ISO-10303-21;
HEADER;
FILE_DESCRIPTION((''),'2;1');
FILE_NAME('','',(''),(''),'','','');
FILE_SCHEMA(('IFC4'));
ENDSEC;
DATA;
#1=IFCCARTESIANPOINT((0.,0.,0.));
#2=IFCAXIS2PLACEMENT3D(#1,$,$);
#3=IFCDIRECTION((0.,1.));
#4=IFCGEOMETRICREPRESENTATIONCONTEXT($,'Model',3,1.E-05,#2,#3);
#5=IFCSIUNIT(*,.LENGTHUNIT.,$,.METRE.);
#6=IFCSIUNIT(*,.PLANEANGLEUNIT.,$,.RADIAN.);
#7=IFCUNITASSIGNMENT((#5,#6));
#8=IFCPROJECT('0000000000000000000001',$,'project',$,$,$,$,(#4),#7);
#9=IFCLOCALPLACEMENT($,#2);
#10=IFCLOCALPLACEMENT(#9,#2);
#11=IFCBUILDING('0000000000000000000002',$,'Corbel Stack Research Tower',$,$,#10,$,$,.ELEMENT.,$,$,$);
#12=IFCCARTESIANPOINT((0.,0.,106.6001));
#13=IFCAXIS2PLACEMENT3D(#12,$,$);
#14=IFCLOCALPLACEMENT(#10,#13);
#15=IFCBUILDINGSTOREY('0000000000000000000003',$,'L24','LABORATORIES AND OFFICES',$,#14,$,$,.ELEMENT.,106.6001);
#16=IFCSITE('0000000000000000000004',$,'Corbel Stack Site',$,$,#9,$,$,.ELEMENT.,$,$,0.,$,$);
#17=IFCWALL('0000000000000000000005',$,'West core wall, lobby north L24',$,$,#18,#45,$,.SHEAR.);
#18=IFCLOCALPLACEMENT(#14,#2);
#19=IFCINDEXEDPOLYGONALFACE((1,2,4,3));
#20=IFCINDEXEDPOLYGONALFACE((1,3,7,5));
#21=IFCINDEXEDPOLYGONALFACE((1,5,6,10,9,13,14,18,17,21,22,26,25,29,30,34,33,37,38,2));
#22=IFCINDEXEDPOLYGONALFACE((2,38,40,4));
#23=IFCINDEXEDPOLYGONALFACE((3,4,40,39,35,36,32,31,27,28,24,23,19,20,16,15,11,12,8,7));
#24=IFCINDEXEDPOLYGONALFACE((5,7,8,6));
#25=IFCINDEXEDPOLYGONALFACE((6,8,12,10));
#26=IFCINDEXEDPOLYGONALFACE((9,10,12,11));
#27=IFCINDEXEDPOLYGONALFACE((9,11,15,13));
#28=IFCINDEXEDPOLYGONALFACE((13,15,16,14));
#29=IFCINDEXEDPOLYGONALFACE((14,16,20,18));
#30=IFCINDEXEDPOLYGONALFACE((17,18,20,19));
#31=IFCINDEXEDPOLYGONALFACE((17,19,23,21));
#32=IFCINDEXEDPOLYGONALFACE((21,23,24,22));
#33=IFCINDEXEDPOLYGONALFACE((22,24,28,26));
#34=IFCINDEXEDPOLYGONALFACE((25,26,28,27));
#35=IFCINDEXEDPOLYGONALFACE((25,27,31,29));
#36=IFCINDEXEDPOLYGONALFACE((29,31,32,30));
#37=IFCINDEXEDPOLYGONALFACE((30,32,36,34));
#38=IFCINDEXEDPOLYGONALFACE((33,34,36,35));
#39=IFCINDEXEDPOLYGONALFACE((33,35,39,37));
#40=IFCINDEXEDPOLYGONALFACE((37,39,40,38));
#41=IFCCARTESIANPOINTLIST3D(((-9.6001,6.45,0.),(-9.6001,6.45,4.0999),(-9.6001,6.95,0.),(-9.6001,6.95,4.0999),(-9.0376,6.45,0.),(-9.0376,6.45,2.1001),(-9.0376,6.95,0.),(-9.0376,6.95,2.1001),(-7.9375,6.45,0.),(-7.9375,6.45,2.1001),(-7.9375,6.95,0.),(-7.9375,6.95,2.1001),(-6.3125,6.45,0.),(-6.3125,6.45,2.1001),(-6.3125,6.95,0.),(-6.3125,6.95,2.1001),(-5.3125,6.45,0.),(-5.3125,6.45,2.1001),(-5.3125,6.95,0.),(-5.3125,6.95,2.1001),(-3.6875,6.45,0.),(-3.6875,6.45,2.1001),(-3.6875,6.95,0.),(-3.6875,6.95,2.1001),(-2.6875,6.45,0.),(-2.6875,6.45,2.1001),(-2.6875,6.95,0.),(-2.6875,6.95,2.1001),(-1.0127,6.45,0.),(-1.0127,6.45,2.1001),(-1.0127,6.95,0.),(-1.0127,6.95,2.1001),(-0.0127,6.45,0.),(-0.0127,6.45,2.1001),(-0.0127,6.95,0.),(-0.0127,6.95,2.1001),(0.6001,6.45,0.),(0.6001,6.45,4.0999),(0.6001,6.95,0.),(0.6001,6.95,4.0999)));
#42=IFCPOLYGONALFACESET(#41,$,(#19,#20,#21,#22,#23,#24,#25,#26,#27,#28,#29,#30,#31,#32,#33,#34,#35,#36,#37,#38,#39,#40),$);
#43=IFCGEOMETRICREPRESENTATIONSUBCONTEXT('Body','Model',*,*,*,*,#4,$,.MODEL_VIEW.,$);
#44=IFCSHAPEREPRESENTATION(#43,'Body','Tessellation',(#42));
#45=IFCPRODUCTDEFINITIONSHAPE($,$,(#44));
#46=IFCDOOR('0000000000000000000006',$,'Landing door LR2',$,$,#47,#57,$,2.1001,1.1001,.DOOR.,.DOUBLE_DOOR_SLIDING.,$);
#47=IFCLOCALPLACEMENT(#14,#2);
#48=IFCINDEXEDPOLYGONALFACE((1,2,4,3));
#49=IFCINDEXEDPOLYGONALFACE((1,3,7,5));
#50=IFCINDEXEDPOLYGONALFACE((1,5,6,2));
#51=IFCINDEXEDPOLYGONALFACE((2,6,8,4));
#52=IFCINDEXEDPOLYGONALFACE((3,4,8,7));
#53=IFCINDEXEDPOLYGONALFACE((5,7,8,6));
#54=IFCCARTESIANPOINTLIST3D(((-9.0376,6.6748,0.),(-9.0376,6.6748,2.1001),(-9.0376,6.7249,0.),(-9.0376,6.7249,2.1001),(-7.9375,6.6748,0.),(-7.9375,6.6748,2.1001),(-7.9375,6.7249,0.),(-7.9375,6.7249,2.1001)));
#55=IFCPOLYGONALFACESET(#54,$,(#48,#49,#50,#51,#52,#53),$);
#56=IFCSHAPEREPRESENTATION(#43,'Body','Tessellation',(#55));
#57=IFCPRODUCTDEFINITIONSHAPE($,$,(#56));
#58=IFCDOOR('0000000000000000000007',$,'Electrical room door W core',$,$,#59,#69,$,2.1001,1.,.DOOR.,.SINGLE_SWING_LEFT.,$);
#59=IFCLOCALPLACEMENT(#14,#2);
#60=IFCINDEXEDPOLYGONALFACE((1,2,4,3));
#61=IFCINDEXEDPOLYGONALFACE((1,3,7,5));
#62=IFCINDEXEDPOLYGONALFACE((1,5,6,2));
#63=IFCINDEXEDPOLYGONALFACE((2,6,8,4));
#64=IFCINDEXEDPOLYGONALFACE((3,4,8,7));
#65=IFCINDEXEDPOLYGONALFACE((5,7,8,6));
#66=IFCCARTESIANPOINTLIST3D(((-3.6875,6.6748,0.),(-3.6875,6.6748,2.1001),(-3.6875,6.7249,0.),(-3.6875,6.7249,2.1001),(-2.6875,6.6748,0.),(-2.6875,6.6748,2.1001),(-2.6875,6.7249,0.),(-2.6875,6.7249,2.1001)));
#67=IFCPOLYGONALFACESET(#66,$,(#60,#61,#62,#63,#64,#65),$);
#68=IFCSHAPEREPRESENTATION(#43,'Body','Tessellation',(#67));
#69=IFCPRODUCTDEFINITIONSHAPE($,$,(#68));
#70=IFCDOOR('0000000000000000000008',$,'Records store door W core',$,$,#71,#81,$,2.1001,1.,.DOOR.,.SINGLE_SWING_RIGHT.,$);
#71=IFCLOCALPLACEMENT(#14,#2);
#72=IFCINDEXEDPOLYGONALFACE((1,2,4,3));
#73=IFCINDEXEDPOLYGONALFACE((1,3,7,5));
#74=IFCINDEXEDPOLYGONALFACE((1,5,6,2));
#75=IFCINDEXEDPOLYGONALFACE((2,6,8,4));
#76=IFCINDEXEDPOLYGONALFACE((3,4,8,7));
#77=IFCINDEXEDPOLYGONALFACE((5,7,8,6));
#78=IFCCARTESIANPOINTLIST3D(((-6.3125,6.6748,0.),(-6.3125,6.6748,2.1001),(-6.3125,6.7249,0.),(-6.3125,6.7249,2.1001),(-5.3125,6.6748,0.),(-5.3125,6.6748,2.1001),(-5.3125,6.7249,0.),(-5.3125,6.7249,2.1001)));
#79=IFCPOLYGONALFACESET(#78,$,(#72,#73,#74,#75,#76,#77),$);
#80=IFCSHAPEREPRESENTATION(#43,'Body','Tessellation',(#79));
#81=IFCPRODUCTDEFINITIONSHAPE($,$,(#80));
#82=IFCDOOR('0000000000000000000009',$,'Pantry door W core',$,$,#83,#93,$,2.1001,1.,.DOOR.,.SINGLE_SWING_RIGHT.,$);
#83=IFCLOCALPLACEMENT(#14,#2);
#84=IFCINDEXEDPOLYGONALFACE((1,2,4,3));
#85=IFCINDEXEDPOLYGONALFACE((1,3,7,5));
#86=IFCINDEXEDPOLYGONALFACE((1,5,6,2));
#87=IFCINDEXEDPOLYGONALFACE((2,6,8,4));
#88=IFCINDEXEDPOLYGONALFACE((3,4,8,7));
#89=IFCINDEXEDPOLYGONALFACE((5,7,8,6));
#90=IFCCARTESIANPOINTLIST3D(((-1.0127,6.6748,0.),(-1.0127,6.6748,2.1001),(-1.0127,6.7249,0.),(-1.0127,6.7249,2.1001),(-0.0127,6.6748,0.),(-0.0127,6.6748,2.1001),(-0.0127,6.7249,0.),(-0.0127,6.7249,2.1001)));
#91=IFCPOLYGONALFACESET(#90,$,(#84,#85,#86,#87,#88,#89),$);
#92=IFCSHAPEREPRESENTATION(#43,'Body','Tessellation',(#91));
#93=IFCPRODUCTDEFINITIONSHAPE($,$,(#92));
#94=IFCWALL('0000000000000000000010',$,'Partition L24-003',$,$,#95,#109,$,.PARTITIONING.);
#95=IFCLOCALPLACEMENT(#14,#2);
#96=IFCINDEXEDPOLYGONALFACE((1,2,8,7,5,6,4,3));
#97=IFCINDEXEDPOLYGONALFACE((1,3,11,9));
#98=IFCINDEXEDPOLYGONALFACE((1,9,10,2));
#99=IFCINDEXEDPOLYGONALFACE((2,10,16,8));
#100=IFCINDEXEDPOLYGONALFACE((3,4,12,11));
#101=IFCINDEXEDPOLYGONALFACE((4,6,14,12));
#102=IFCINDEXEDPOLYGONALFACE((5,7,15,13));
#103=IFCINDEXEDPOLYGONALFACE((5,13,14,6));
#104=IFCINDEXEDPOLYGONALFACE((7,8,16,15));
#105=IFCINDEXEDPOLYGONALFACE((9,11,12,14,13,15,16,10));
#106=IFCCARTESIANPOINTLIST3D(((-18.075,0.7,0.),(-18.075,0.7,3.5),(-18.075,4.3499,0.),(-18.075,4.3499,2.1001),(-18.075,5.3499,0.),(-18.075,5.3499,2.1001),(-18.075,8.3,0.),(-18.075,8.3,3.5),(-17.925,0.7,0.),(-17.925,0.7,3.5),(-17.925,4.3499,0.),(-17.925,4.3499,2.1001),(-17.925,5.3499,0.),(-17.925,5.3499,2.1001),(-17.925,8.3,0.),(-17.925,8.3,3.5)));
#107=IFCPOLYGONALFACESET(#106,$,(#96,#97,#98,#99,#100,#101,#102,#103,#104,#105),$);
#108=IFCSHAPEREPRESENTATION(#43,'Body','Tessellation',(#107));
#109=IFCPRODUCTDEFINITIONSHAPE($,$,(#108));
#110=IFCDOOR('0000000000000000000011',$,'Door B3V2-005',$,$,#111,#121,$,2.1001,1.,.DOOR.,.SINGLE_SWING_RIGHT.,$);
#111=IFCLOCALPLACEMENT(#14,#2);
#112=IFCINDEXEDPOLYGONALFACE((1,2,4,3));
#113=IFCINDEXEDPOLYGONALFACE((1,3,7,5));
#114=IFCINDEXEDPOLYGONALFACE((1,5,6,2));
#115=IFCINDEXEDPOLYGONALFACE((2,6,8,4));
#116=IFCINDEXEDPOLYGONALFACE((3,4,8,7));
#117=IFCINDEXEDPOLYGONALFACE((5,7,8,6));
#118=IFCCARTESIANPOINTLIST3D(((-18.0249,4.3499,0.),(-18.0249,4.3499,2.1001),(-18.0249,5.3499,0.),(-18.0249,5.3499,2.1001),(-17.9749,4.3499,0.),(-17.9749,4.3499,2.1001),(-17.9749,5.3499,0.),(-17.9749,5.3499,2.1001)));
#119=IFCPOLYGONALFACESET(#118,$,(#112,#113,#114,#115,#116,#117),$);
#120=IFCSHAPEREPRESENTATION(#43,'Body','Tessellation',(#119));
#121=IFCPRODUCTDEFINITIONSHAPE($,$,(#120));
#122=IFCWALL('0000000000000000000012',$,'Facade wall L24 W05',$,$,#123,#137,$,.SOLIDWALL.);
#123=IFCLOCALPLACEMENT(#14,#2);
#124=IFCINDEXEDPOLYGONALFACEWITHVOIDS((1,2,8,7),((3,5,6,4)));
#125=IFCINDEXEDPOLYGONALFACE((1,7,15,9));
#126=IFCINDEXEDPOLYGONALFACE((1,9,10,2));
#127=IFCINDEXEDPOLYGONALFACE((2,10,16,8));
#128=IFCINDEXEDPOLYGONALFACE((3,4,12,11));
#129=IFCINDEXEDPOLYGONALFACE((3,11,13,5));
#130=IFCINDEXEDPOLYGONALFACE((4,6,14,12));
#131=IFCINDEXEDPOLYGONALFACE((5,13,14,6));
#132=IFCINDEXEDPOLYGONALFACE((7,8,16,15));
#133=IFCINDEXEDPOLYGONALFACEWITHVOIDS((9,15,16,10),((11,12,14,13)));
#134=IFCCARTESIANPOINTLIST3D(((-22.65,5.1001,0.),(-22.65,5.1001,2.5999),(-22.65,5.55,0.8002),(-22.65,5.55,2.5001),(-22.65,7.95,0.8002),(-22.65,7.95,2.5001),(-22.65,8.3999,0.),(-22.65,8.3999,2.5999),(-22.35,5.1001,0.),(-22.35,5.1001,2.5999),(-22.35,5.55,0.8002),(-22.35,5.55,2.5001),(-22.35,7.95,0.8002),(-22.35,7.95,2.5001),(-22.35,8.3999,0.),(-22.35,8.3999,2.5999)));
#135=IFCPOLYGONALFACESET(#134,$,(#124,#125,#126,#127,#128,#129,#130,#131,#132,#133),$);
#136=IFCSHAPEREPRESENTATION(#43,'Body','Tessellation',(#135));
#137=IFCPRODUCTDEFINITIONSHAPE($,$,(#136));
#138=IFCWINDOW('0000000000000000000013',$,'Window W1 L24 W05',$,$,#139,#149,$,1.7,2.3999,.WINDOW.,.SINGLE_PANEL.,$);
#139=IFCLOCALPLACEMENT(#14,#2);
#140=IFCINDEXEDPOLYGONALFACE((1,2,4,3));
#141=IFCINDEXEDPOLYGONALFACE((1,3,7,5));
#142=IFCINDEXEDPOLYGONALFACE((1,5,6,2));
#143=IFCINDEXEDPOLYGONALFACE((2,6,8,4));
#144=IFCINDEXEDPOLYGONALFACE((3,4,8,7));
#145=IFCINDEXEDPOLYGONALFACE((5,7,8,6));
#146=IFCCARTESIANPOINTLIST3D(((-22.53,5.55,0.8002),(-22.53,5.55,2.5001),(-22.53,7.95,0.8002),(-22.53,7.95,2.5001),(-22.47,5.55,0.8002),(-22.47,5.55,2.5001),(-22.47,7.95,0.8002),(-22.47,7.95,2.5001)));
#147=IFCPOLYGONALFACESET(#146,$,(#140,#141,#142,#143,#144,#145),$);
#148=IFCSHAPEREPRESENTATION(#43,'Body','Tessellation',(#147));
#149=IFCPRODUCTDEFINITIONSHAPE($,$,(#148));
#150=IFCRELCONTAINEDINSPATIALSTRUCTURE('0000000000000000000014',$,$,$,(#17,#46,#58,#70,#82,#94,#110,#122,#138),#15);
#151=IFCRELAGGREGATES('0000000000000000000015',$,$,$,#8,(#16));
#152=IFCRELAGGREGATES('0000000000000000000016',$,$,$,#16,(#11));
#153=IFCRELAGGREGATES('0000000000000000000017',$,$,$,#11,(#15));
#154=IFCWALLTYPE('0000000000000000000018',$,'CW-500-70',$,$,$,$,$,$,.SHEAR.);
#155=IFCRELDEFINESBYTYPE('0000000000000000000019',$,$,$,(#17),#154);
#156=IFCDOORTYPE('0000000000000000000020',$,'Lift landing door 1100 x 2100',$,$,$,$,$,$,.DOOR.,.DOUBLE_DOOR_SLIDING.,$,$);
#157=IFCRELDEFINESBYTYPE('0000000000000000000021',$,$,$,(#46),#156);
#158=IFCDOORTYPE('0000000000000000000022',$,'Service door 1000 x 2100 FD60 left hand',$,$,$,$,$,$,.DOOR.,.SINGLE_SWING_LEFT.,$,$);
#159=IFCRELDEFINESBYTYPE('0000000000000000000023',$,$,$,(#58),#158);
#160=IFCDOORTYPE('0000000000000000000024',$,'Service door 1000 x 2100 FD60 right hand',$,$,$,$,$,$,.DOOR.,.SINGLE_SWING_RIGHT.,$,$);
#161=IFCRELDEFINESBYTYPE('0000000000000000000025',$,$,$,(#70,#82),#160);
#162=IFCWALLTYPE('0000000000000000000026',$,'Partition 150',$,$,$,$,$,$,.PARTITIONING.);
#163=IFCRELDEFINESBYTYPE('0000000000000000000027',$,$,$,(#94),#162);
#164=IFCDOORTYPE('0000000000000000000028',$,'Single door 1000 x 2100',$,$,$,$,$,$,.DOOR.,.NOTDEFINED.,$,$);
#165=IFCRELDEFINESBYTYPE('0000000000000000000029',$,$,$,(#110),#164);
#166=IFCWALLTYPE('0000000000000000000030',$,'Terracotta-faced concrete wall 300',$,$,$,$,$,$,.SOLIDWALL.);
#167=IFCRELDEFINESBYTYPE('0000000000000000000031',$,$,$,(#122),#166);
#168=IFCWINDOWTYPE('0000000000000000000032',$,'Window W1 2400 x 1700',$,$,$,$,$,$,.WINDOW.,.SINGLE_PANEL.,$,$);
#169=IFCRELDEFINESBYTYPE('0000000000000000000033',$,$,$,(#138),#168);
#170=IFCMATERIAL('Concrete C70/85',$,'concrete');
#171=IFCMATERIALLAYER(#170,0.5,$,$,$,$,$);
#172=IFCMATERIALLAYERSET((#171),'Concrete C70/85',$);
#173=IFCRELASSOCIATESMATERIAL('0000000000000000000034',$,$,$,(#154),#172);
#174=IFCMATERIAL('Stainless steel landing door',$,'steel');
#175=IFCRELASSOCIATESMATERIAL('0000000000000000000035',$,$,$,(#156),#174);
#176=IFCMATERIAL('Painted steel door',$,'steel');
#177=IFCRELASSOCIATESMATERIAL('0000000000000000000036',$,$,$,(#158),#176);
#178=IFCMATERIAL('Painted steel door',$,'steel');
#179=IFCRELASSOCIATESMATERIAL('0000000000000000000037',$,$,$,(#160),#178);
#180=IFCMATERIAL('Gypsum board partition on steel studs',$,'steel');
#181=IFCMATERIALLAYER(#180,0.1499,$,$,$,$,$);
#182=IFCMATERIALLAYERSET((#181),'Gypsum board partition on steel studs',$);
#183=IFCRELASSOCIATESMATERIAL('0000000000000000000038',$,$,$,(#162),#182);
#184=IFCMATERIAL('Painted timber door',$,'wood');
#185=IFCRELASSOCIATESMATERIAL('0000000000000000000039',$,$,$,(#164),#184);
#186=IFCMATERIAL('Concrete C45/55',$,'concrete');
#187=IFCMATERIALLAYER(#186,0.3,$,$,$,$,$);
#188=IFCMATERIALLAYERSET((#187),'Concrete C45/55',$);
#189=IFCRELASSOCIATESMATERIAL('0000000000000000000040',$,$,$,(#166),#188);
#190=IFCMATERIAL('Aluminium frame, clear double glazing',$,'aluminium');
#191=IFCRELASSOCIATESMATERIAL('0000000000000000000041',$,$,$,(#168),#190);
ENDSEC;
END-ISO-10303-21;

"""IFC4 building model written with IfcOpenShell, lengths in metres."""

from ifc_helpers import new_model, si_unit, direction, frame, frame_2d, origin, place, context, subcontext, project, spatial, rectangle, extrude, material, layer, layer_set, type_object, element, fill, save


model = new_model("IFC4")

# Units and contexts
model_context = context("Model", 3, precision=1e-05, world=origin(), true_north=direction((0.0, 1.0)))
body_context = subcontext(model_context, "Body", "Model", "MODEL_VIEW")
ifc_project = project(units=[si_unit("LENGTHUNIT", "METRE"), si_unit("PLANEANGLEUNIT", "RADIAN")], contexts=[model_context])

# Site, building, storey
site_placement = place(None, origin())
site = spatial("IfcSite", under=ifc_project, at=site_placement, Name="Corbel Stack Site", CompositionType="ELEMENT", RefElevation=0.0)
building_placement = place(site_placement, origin())
building = spatial("IfcBuilding", under=site, at=building_placement, Name="Corbel Stack Research Tower", CompositionType="ELEMENT")
storey_placement = place(building_placement, frame((0.0, 0.0, 106.6001)))
storey = spatial("IfcBuildingStorey", under=building, at=storey_placement, Name="L24", Description="LABORATORIES AND OFFICES", CompositionType="ELEMENT", Elevation=106.6001)

# Wall, openings, doors
ifc_material_1 = material(Name="Concrete C70/85", Category="concrete")
ifc_layer_1 = layer(ifc_material_1, 0.5)
ifc_layer_set_1 = layer_set([ifc_layer_1], Name="Concrete C70/85")
wall_type_1 = type_object("IfcWallType", Name="CW-500-70", PredefinedType="SHEAR", material=ifc_layer_set_1)
ifc_material_2 = material(Name="Stainless steel landing door", Category="steel")
door_type_1 = type_object("IfcDoorType", Name="Lift landing door 1100 x 2100", OperationType="DOUBLE_DOOR_SLIDING", PredefinedType="DOOR", material=ifc_material_2)
wall_1_placement = place(storey_placement, frame((-9.6001, 6.7, 0.0), z_axis=(0.0, 0.0, 1.0), x_axis=(1.0, 0.0, 0.0)))
wall_1 = element("IfcWall", 1, at=wall_1_placement, inside=storey, type_object=wall_type_1, Name="West core wall, lobby north L24", PredefinedType="SHEAR", context=body_context, shape_type="SweptSolid", body=[
    extrude(rectangle(XDim=10.2002, YDim=0.5, at=frame_2d((5.1001, 0.0))), origin(), (0.0, 0.0, 1.0), 4.0999),
])
opening_1_placement = place(wall_1_placement, frame((0.5625, 0.0, 0.0)))
opening_1 = element("IfcOpeningElement", 2, at=opening_1_placement, cuts=wall_1, PredefinedType="OPENING", context=body_context, shape_type="SweptSolid", body=[
    extrude(rectangle(XDim=1.1001, YDim=2.1001, at=frame_2d((0.55, 1.05))), frame((0.0, 0.26, 0.0), z_axis=(0.0, -1.0, 0.0), x_axis=(1.0, 0.0, 0.0)), (0.0, 0.0, 1.0), 0.52),
])
opening_2_placement = place(wall_1_placement, frame((3.2876, 0.0, 0.0)))
opening_2 = element("IfcOpeningElement", 3, at=opening_2_placement, cuts=wall_1, PredefinedType="OPENING", context=body_context, shape_type="SweptSolid", body=[
    extrude(rectangle(XDim=1.0, YDim=2.1001, at=frame_2d((0.5, 1.05))), frame((0.0, 0.26, 0.0), z_axis=(0.0, -1.0, 0.0), x_axis=(1.0, 0.0, 0.0)), (0.0, 0.0, 1.0), 0.52),
])
opening_3_placement = place(wall_1_placement, frame((5.9126, 0.0, 0.0)))
opening_3 = element("IfcOpeningElement", 4, at=opening_3_placement, cuts=wall_1, PredefinedType="OPENING", context=body_context, shape_type="SweptSolid", body=[
    extrude(rectangle(XDim=1.0, YDim=2.1001, at=frame_2d((0.5, 1.05))), frame((0.0, 0.26, 0.0), z_axis=(0.0, -1.0, 0.0), x_axis=(1.0, 0.0, 0.0)), (0.0, 0.0, 1.0), 0.52),
])
opening_4_placement = place(wall_1_placement, frame((8.5874, 0.0, 0.0)))
opening_4 = element("IfcOpeningElement", 5, at=opening_4_placement, cuts=wall_1, PredefinedType="OPENING", context=body_context, shape_type="SweptSolid", body=[
    extrude(rectangle(XDim=1.0, YDim=2.1001, at=frame_2d((0.5, 1.05))), frame((0.0, 0.26, 0.0), z_axis=(0.0, -1.0, 0.0), x_axis=(1.0, 0.0, 0.0)), (0.0, 0.0, 1.0), 0.52),
])
door_1_placement = place(opening_1_placement, origin())
door_1 = element("IfcDoor", 6, at=door_1_placement, inside=storey, type_object=door_type_1, Name="Landing door LR2", OperationType="DOUBLE_DOOR_SLIDING", OverallHeight=2.1001, OverallWidth=1.1001, PredefinedType="DOOR", context=body_context, shape_type="SweptSolid", body=[
    extrude(rectangle(XDim=1.1001, YDim=2.1001, at=frame_2d((0.55, 1.05))), frame((0.0, 0.0249, 0.0), z_axis=(0.0, -1.0, 0.0), x_axis=(1.0, 0.0, 0.0)), (0.0, 0.0, 1.0), 0.05),
])
fill(opening_1, door_1)
ifc_material_3 = material(Name="Painted steel door", Category="steel")
door_type_2 = type_object("IfcDoorType", Name="Service door 1000 x 2100 FD60 left hand", OperationType="SINGLE_SWING_LEFT", PredefinedType="DOOR", material=ifc_material_3)
door_2_placement = place(opening_3_placement, origin())
door_2 = element("IfcDoor", 7, at=door_2_placement, inside=storey, type_object=door_type_2, Name="Electrical room door W core", OperationType="SINGLE_SWING_LEFT", OverallHeight=2.1001, OverallWidth=1.0, PredefinedType="DOOR", context=body_context, shape_type="SweptSolid", body=[
    extrude(rectangle(XDim=1.0, YDim=2.1001, at=frame_2d((0.5, 1.05))), frame((0.0, 0.0249, 0.0), z_axis=(0.0, -1.0, 0.0), x_axis=(1.0, 0.0, 0.0)), (0.0, 0.0, 1.0), 0.05),
])
fill(opening_3, door_2)
ifc_material_4 = material(Name="Painted steel door", Category="steel")
door_type_3 = type_object("IfcDoorType", Name="Service door 1000 x 2100 FD60 right hand", OperationType="SINGLE_SWING_RIGHT", PredefinedType="DOOR", material=ifc_material_4)
door_3_placement = place(opening_2_placement, origin())
door_3 = element("IfcDoor", 8, at=door_3_placement, inside=storey, type_object=door_type_3, Name="Records store door W core", OperationType="SINGLE_SWING_RIGHT", OverallHeight=2.1001, OverallWidth=1.0, PredefinedType="DOOR", context=body_context, shape_type="SweptSolid", body=[
    extrude(rectangle(XDim=1.0, YDim=2.1001, at=frame_2d((0.5, 1.05))), frame((0.0, 0.0249, 0.0), z_axis=(0.0, -1.0, 0.0), x_axis=(1.0, 0.0, 0.0)), (0.0, 0.0, 1.0), 0.05),
])
fill(opening_2, door_3)
door_4_placement = place(opening_4_placement, origin())
door_4 = element("IfcDoor", 9, at=door_4_placement, inside=storey, type_object=door_type_3, Name="Pantry door W core", OperationType="SINGLE_SWING_RIGHT", OverallHeight=2.1001, OverallWidth=1.0, PredefinedType="DOOR", context=body_context, shape_type="SweptSolid", body=[
    extrude(rectangle(XDim=1.0, YDim=2.1001, at=frame_2d((0.5, 1.05))), frame((0.0, 0.0249, 0.0), z_axis=(0.0, -1.0, 0.0), x_axis=(1.0, 0.0, 0.0)), (0.0, 0.0, 1.0), 0.05),
])
fill(opening_4, door_4)

# Wall, opening, door
ifc_material_5 = material(Name="Gypsum board partition on steel studs", Category="steel")
ifc_layer_2 = layer(ifc_material_5, 0.1499)
ifc_layer_set_2 = layer_set([ifc_layer_2], Name="Gypsum board partition on steel studs")
wall_type_2 = type_object("IfcWallType", Name="Partition 150", PredefinedType="PARTITIONING", material=ifc_layer_set_2)
wall_2_placement = place(storey_placement, frame((-18.0, 0.7, 0.0), z_axis=(0.0, 0.0, 1.0), x_axis=(0.0, 1.0, 0.0)))
wall_2 = element("IfcWall", 10, at=wall_2_placement, inside=storey, type_object=wall_type_2, Name="Partition L24-003", PredefinedType="PARTITIONING", context=body_context, shape_type="SweptSolid", body=[
    extrude(rectangle(XDim=7.6001, YDim=0.1499, at=frame_2d((3.8, 0.0))), origin(), (0.0, 0.0, 1.0), 3.5),
])
opening_5_placement = place(wall_2_placement, frame((3.6499, 0.0, 0.0)))
opening_5 = element("IfcOpeningElement", 11, at=opening_5_placement, cuts=wall_2, PredefinedType="OPENING", context=body_context, shape_type="SweptSolid", body=[
    extrude(rectangle(XDim=1.0, YDim=2.1001, at=frame_2d((0.5, 1.05))), frame((0.0, 0.085, 0.0), z_axis=(0.0, -1.0, 0.0), x_axis=(1.0, 0.0, 0.0)), (0.0, 0.0, 1.0), 0.1699),
])
ifc_material_6 = material(Name="Painted timber door", Category="wood")
door_type_4 = type_object("IfcDoorType", Name="Single door 1000 x 2100", OperationType="NOTDEFINED", PredefinedType="DOOR", material=ifc_material_6)
door_5_placement = place(opening_5_placement, origin())
door_5 = element("IfcDoor", 12, at=door_5_placement, inside=storey, type_object=door_type_4, Name="Door B3V2-005", OperationType="SINGLE_SWING_RIGHT", OverallHeight=2.1001, OverallWidth=1.0, PredefinedType="DOOR", context=body_context, shape_type="SweptSolid", body=[
    extrude(rectangle(XDim=1.0, YDim=2.1001, at=frame_2d((0.5, 1.05))), frame((0.0, 0.0249, 0.0), z_axis=(0.0, -1.0, 0.0), x_axis=(1.0, 0.0, 0.0)), (0.0, 0.0, 1.0), 0.05),
])
fill(opening_5, door_5)

# Wall, opening, window
ifc_material_7 = material(Name="Concrete C45/55", Category="concrete")
ifc_layer_3 = layer(ifc_material_7, 0.3)
ifc_layer_set_3 = layer_set([ifc_layer_3], Name="Concrete C45/55")
wall_type_3 = type_object("IfcWallType", Name="Terracotta-faced concrete wall 300", PredefinedType="SOLIDWALL", material=ifc_layer_set_3)
wall_3_placement = place(storey_placement, frame((-22.5, 5.1001, 0.0), z_axis=(0.0, 0.0, 1.0), x_axis=(0.0, 1.0, 0.0)))
wall_3 = element("IfcWall", 13, at=wall_3_placement, inside=storey, type_object=wall_type_3, Name="Facade wall L24 W05", PredefinedType="SOLIDWALL", context=body_context, shape_type="SweptSolid", body=[
    extrude(rectangle(XDim=3.2998, YDim=0.3, at=frame_2d((1.6499, 0.0))), origin(), (0.0, 0.0, 1.0), 2.5999),
])
opening_6_placement = place(wall_3_placement, frame((0.45, 0.0, 0.8)))
opening_6 = element("IfcOpeningElement", 14, at=opening_6_placement, cuts=wall_3, PredefinedType="OPENING", context=body_context, shape_type="SweptSolid", body=[
    extrude(rectangle(XDim=2.3999, YDim=1.7, at=frame_2d((1.2, 0.8501))), frame((0.0, 0.1599, 0.0), z_axis=(0.0, -1.0, 0.0), x_axis=(1.0, 0.0, 0.0)), (0.0, 0.0, 1.0), 0.3201),
])
ifc_material_8 = material(Name="Aluminium frame, clear double glazing", Category="aluminium")
window_type = type_object("IfcWindowType", Name="Window W1 2400 x 1700", PartitioningType="SINGLE_PANEL", PredefinedType="WINDOW", material=ifc_material_8)
window_1_placement = place(opening_6_placement, origin())
window_1 = element("IfcWindow", 15, at=window_1_placement, inside=storey, type_object=window_type, Name="Window W1 L24 W05", OverallHeight=1.7, OverallWidth=2.3999, PartitioningType="SINGLE_PANEL", PredefinedType="WINDOW", context=body_context, shape_type="SweptSolid", body=[
    extrude(rectangle(XDim=2.3999, YDim=1.7, at=frame_2d((1.2, 0.8501))), frame((0.0, 0.03, 0.0), z_axis=(0.0, -1.0, 0.0), x_axis=(1.0, 0.0, 0.0)), (0.0, 0.0, 1.0), 0.0601),
])
fill(opening_6, window_1)

save(model, "model.ifc")
